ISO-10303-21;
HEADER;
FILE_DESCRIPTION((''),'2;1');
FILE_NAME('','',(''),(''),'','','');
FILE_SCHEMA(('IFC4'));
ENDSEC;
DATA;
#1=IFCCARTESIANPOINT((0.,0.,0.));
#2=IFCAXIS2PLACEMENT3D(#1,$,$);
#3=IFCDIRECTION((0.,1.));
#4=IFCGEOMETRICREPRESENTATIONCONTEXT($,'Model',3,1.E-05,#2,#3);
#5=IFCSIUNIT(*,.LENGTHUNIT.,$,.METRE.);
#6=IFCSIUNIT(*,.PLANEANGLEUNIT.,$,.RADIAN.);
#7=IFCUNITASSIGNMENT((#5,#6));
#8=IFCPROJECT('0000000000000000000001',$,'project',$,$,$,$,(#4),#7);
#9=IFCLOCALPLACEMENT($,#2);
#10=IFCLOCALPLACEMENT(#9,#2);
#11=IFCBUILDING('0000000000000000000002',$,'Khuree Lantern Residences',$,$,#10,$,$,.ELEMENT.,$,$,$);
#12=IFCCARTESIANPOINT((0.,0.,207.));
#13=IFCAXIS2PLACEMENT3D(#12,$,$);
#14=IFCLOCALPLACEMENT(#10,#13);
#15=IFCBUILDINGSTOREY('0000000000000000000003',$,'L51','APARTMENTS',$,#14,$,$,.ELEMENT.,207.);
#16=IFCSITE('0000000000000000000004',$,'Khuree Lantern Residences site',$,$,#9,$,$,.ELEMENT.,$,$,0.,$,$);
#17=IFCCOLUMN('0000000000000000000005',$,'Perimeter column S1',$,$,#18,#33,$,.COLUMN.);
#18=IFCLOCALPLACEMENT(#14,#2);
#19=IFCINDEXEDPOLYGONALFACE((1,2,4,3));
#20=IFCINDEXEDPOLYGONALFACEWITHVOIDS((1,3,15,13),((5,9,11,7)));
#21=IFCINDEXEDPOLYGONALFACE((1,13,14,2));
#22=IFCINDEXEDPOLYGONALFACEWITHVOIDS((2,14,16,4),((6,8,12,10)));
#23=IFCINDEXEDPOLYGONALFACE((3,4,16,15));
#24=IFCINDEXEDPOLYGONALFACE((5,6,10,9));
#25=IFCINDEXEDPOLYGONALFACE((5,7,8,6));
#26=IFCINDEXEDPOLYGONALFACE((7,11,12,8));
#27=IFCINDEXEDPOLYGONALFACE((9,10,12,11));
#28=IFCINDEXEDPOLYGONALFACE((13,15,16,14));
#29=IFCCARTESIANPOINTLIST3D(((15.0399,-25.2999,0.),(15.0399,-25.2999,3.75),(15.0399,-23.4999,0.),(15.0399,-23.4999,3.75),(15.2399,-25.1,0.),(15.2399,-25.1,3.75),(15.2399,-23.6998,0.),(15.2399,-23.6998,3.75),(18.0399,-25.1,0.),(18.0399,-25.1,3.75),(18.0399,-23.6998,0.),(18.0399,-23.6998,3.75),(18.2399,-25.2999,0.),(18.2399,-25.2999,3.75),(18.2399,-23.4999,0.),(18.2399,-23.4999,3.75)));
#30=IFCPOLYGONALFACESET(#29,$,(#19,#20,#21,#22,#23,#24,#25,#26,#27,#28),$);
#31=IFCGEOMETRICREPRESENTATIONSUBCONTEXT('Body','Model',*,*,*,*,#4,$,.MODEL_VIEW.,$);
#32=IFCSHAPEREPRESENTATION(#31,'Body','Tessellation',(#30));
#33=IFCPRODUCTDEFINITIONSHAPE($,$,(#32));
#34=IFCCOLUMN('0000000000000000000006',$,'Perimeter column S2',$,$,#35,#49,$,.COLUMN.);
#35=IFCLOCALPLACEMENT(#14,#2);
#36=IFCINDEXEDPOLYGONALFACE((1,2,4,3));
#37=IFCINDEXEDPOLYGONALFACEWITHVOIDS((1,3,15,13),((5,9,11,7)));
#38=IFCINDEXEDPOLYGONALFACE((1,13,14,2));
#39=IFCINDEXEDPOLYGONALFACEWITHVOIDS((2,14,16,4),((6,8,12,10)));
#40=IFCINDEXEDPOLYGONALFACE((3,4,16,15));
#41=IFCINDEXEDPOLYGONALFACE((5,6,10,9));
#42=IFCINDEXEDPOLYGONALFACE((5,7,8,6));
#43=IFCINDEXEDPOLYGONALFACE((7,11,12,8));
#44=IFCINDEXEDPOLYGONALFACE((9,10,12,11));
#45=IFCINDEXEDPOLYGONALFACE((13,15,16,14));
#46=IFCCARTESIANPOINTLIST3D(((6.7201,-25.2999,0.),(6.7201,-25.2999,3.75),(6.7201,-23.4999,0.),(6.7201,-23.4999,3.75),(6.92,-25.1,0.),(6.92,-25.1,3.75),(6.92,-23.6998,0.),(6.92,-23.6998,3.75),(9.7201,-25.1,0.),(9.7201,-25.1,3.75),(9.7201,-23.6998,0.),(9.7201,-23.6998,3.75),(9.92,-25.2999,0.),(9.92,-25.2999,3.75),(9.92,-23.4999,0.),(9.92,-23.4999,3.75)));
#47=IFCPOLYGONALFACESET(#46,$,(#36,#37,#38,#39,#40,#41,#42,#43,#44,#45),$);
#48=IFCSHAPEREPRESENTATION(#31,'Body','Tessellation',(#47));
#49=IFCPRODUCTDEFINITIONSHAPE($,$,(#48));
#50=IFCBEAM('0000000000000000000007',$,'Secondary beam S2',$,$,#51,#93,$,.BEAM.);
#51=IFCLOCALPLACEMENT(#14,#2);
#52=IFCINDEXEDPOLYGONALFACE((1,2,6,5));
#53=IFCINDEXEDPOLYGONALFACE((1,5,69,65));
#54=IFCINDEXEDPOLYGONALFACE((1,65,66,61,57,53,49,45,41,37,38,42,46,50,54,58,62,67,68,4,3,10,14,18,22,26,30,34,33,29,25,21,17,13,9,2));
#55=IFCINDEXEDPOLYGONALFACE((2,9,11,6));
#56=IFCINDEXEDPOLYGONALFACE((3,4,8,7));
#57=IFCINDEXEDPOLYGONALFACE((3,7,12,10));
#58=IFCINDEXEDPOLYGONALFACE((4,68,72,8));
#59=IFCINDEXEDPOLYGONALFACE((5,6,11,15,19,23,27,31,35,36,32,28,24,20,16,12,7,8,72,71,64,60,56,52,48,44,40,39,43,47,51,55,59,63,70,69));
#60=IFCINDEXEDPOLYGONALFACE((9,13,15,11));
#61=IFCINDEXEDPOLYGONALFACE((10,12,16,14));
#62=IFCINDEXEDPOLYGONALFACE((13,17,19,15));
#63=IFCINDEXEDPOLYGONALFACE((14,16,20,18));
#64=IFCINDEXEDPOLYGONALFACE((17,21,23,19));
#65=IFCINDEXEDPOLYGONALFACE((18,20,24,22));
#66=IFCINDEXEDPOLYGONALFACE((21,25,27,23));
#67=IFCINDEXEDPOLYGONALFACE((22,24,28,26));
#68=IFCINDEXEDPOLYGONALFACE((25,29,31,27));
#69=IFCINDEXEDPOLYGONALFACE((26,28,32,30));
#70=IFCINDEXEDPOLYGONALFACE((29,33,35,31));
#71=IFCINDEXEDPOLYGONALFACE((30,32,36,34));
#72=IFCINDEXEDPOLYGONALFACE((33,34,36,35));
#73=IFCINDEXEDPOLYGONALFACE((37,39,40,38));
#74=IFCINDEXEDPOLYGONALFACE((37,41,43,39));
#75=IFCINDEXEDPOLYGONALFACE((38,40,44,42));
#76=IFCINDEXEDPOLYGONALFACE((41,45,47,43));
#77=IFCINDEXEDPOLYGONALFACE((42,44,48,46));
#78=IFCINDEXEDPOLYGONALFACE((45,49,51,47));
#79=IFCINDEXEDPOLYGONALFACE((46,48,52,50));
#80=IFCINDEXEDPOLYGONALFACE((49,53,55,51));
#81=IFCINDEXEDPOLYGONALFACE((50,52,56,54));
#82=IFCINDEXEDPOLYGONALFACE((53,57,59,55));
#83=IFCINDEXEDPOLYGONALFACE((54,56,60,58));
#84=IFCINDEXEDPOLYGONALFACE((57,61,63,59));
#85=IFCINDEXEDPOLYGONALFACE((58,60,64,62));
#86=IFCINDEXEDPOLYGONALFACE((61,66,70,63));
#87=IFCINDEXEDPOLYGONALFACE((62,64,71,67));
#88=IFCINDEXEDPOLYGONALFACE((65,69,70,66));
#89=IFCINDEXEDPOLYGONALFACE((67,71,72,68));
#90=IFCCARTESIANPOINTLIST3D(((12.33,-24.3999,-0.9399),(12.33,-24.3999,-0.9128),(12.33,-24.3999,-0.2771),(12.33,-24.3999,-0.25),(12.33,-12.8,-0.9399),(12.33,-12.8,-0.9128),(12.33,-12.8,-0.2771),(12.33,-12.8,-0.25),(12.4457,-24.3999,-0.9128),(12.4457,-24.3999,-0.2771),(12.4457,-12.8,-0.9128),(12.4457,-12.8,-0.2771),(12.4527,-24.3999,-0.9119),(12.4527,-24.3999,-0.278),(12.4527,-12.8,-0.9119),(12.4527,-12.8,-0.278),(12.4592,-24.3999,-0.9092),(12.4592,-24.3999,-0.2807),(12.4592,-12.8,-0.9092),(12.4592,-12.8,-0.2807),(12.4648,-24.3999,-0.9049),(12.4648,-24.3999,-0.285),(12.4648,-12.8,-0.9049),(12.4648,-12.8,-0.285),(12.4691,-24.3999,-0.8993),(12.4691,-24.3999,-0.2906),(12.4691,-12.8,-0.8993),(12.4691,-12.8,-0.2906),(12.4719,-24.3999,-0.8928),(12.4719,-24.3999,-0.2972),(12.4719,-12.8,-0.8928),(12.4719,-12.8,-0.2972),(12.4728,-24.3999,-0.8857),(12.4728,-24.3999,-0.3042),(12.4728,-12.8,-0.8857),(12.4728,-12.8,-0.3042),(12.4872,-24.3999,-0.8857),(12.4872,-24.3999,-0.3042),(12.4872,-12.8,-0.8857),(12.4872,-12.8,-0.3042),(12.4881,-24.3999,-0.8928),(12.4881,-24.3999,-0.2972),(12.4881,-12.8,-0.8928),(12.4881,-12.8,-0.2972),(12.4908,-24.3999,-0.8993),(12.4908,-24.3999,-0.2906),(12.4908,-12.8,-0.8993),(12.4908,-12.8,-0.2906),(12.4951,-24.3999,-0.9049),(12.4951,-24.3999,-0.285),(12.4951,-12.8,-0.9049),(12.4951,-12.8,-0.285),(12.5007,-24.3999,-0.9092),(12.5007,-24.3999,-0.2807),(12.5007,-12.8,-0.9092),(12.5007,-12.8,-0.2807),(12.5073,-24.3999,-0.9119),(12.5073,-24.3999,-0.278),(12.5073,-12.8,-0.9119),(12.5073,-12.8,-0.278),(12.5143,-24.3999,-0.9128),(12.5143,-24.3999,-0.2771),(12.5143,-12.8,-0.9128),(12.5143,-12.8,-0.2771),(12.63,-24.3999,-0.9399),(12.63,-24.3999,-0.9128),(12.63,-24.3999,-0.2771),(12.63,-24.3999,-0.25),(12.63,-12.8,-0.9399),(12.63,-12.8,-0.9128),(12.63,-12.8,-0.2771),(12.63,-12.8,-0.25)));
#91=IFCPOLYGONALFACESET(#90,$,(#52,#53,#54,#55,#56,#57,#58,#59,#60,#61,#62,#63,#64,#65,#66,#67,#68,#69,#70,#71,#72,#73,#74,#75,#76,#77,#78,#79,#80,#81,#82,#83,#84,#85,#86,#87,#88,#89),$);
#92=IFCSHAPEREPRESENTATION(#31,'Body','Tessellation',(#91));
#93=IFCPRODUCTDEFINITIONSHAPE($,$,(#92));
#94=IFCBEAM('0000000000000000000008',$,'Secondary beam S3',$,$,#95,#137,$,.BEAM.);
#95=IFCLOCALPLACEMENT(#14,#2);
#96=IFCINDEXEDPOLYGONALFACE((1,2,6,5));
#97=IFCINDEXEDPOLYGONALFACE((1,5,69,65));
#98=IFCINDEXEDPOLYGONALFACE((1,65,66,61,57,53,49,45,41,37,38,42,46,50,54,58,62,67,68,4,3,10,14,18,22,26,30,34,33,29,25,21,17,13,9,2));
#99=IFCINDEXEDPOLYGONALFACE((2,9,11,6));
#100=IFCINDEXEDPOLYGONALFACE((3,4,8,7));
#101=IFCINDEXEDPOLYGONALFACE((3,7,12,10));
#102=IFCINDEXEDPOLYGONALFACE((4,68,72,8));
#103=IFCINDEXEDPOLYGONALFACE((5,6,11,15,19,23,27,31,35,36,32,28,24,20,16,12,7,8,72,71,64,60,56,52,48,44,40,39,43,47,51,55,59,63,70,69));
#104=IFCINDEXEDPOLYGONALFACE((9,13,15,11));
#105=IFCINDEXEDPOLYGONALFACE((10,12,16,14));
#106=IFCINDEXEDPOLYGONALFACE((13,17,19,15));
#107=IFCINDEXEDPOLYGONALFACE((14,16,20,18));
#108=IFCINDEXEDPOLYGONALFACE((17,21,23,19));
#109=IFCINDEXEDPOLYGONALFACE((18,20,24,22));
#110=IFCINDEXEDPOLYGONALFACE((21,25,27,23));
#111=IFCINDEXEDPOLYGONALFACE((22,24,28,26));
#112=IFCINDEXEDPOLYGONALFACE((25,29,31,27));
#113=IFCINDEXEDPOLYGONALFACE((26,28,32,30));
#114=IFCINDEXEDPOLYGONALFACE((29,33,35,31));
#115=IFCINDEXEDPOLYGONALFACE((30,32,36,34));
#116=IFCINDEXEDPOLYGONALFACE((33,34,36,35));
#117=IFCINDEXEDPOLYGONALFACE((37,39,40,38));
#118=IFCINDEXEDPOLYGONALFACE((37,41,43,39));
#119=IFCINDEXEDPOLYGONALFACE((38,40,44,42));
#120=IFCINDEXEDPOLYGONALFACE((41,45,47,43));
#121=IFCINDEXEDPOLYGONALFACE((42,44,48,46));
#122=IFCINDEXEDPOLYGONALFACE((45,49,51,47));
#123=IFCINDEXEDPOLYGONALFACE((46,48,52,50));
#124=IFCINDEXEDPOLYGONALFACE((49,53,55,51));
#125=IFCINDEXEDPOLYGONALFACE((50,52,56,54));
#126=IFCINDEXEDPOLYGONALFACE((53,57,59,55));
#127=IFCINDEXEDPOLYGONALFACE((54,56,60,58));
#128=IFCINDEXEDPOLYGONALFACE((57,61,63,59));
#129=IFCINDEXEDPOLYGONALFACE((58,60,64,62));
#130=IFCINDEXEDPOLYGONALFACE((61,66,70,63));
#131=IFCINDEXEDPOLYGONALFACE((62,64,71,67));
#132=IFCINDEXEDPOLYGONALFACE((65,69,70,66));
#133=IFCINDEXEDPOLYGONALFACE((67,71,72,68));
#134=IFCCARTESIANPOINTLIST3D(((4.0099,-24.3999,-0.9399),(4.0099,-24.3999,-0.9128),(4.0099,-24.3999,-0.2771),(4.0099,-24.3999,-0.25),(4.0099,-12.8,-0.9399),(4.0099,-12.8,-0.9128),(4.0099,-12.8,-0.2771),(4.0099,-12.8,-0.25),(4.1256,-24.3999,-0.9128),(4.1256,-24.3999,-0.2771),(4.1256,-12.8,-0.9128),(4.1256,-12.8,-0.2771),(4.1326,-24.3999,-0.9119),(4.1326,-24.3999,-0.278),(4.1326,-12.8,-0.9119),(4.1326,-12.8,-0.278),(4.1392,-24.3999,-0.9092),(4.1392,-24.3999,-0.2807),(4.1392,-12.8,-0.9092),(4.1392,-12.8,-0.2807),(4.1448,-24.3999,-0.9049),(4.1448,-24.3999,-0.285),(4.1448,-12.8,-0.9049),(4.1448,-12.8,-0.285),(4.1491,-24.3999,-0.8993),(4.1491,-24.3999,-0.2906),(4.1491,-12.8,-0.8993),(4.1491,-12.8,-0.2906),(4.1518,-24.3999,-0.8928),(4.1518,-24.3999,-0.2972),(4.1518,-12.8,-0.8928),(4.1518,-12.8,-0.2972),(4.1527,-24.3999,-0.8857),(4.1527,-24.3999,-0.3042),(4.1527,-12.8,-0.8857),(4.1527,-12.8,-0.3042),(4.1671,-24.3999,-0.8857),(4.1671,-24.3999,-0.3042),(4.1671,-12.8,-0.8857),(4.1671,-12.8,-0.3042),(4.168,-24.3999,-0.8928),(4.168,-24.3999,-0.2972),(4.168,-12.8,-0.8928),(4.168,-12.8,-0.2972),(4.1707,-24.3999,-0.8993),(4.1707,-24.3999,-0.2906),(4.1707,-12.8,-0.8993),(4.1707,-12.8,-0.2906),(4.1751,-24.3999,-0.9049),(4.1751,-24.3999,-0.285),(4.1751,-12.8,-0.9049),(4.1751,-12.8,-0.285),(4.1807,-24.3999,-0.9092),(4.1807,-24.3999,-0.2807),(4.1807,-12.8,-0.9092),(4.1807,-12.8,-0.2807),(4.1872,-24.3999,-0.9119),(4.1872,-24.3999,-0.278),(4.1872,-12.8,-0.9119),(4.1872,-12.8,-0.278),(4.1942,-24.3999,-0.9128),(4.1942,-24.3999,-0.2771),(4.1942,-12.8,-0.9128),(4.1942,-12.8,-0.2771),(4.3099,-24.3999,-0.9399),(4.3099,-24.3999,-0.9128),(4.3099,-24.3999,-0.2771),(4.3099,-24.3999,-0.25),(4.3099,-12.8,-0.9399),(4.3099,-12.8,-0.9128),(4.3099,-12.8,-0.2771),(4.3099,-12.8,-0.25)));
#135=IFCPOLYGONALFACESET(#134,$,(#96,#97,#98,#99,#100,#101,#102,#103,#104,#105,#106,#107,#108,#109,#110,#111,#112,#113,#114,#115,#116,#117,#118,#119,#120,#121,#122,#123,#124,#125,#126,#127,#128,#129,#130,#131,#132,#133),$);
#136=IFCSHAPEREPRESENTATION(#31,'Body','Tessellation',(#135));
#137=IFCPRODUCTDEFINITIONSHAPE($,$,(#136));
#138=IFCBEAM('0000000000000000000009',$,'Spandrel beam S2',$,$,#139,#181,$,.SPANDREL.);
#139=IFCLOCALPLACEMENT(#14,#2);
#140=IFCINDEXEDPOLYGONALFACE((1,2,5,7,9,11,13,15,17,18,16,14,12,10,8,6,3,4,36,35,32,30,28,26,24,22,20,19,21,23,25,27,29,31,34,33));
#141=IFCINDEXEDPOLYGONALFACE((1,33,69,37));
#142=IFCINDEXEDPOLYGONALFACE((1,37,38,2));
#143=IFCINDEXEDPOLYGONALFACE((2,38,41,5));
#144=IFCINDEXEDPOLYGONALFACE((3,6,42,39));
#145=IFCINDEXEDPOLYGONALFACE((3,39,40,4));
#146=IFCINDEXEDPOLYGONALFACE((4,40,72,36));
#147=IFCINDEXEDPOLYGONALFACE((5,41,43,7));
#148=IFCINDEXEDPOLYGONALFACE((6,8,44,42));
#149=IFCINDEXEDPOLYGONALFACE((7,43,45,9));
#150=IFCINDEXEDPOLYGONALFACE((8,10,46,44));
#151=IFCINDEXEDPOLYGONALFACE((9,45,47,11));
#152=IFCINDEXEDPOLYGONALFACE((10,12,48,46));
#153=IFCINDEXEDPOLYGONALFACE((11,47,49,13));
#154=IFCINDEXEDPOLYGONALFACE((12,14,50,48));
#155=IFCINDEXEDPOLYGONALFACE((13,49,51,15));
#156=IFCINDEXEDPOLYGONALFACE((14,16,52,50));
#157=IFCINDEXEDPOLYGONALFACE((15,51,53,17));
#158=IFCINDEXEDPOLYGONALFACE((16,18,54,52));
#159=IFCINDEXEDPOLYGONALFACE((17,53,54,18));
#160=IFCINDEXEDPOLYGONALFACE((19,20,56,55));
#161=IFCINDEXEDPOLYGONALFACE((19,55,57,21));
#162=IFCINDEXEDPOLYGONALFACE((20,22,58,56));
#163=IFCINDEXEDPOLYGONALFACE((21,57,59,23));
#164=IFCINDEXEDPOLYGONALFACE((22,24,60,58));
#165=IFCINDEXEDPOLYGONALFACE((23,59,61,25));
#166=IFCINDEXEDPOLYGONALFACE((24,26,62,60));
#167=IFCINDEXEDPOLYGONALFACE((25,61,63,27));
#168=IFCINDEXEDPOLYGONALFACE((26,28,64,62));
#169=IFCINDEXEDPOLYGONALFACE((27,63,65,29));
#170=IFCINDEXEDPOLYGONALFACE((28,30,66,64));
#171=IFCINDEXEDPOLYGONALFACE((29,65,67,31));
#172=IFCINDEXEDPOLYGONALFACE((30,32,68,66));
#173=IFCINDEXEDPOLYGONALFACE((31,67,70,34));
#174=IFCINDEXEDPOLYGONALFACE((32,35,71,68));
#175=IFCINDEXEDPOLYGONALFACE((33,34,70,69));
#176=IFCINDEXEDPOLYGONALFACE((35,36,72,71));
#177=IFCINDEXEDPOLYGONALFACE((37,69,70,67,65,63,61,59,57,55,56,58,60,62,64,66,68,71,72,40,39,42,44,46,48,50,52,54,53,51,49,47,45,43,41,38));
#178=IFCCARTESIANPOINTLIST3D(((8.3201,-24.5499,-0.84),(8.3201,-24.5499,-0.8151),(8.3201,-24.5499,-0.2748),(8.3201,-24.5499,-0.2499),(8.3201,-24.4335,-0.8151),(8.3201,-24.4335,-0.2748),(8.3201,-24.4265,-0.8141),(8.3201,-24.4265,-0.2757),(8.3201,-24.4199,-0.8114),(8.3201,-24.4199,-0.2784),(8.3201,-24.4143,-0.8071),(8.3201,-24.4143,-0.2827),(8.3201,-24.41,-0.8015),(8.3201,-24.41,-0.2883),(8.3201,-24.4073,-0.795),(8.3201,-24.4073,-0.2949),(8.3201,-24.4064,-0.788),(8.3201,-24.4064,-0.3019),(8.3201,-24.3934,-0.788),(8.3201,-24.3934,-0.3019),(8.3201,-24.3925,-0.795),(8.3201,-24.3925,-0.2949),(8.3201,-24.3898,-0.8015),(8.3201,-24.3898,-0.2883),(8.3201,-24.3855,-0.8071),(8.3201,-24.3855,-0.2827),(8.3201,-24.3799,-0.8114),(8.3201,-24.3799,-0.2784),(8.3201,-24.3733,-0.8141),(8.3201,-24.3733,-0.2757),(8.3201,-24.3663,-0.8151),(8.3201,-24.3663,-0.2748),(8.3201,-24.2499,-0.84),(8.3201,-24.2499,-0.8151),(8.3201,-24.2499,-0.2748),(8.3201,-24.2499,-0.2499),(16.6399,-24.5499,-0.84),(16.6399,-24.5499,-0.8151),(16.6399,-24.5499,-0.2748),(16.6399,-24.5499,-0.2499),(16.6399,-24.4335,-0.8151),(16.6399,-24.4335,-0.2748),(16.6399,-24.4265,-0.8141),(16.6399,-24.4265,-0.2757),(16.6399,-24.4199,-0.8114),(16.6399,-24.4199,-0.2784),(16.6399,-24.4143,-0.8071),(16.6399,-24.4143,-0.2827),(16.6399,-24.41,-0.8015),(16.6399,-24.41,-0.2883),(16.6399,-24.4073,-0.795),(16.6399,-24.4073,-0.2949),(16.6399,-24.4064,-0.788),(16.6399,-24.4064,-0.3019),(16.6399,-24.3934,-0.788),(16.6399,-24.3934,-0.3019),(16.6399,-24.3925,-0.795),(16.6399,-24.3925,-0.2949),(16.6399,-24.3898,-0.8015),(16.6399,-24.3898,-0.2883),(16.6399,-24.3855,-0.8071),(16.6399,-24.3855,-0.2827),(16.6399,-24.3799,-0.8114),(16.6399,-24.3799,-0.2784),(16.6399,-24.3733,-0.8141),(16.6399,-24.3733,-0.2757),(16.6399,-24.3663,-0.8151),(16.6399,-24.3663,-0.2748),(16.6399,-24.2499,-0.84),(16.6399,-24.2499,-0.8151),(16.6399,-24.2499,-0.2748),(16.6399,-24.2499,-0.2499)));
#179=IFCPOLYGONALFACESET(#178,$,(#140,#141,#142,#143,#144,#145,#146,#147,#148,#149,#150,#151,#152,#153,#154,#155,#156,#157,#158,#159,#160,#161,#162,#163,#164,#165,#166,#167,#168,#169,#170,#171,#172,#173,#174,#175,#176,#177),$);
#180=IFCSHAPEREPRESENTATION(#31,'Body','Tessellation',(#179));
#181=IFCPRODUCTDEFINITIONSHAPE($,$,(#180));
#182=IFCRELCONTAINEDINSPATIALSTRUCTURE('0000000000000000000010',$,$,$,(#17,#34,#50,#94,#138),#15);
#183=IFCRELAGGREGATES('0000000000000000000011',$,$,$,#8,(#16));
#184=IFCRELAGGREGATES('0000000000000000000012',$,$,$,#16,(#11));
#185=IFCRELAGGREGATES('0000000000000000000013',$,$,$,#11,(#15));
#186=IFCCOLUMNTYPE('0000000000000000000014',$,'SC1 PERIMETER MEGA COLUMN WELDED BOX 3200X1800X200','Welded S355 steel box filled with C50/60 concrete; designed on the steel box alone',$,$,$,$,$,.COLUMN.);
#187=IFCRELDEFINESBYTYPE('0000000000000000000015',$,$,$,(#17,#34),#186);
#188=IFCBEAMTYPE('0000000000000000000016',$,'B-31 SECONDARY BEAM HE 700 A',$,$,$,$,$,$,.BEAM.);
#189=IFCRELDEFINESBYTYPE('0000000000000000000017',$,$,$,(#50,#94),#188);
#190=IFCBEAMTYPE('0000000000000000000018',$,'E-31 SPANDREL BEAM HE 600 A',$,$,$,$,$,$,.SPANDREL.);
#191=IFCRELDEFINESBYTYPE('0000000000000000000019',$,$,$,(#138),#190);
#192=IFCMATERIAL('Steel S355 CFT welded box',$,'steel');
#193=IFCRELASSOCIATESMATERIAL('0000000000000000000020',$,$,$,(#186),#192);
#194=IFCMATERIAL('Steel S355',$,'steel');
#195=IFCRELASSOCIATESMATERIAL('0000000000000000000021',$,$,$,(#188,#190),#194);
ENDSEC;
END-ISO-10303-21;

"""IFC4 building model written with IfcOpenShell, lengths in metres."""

from ifc_helpers import new_model, si_unit, direction, frame, origin, origin_2d, place, context, subcontext, project, spatial, hollow_rectangle, i_section, extrude, material, material_profile, profile_set, type_object, element, save


model = new_model("IFC4")

# Units and contexts
model_context = context("Model", 3, precision=1e-05, world=origin(), true_north=direction((0.0, 1.0)))
body_context = subcontext(model_context, "Body", "Model", "MODEL_VIEW")
ifc_project = project(units=[si_unit("LENGTHUNIT", "METRE"), si_unit("PLANEANGLEUNIT", "RADIAN")], contexts=[model_context])

# Site, building, storey
site_placement = place(None, origin())
site = spatial("IfcSite", under=ifc_project, at=site_placement, Name="Khuree Lantern Residences site", CompositionType="ELEMENT", RefElevation=0.0)
building_placement = place(site_placement, origin())
building = spatial("IfcBuilding", under=site, at=building_placement, Name="Khuree Lantern Residences", CompositionType="ELEMENT")
storey_placement = place(building_placement, frame((0.0, 0.0, 207.0)))
storey = spatial("IfcBuildingStorey", under=building, at=storey_placement, Name="L51", Description="APARTMENTS", CompositionType="ELEMENT", Elevation=207.0)

# Columns
ifc_material_1 = material(Name="Steel S355 CFT welded box", Category="steel")
ifc_material_profile_1 = material_profile(ifc_material_1, hollow_rectangle(XDim=3.2, YDim=1.8, WallThickness=0.2, at=origin_2d()), Name="WELDED BOX 3200X1800X200")
ifc_profile_set_1 = profile_set([ifc_material_profile_1], Name="Steel S355 CFT welded box")
column_type = type_object("IfcColumnType", Name="SC1 PERIMETER MEGA COLUMN WELDED BOX 3200X1800X200", Description="Welded S355 steel box filled with C50/60 concrete; designed on the steel box alone", PredefinedType="COLUMN", material=ifc_profile_set_1)
for number, where, z_axis, x_axis, name in (
    (1, (16.6399, -24.3999, 0.0), (0.0, 0.0, 1.0), (1.0, 0.0, 0.0), "Perimeter column S1"),
    (2, (8.3201, -24.3999, 0.0), (0.0, 0.0, 1.0), (1.0, 0.0, 0.0), "Perimeter column S2"),
):
    element("IfcColumn", number, at=place(storey_placement, frame(where, z_axis=z_axis, x_axis=x_axis)), inside=storey, type_object=column_type, Name=name, PredefinedType="COLUMN", context=body_context, shape_type="SweptSolid", body=[
        extrude(hollow_rectangle(XDim=3.2, YDim=1.8, WallThickness=0.2, at=origin_2d()), origin(), (0.0, 0.0, 1.0), 3.75),
    ])

# Beams
ifc_material_2 = material(Name="Steel S355", Category="steel")
ifc_material_profile_2 = material_profile(ifc_material_2, i_section(OverallWidth=0.3, OverallDepth=0.6899, WebThickness=0.0144, FlangeThickness=0.0271, FilletRadius=0.0271, at=origin_2d()), Name="HE 700 A")
ifc_profile_set_2 = profile_set([ifc_material_profile_2], Name="Steel S355")
beam_type_1 = type_object("IfcBeamType", Name="B-31 SECONDARY BEAM HE 700 A", PredefinedType="BEAM", material=ifc_profile_set_2)
for number, where, z_axis, x_axis, name in (
    (3, (12.48, -24.3999, -0.595), (0.0, 1.0, 0.0), (-1.0, 0.0, 0.0), "Secondary beam S2"),
    (4, (4.1599, -24.3999, -0.595), (0.0, 1.0, 0.0), (-1.0, 0.0, 0.0), "Secondary beam S3"),
):
    element("IfcBeam", number, at=place(storey_placement, frame(where, z_axis=z_axis, x_axis=x_axis)), inside=storey, type_object=beam_type_1, Name=name, PredefinedType="BEAM", context=body_context, shape_type="SweptSolid", body=[
        extrude(i_section(OverallWidth=0.3, OverallDepth=0.6899, WebThickness=0.0144, FlangeThickness=0.0271, FilletRadius=0.0271, at=origin_2d()), origin(), (0.0, 0.0, 1.0), 11.5999),
    ])
ifc_material_profile_3 = material_profile(ifc_material_2, i_section(OverallWidth=0.3, OverallDepth=0.5901, WebThickness=0.0129, FlangeThickness=0.0249, FilletRadius=0.0271, at=origin_2d()), Name="HE 600 A")
ifc_profile_set_3 = profile_set([ifc_material_profile_3], Name="Steel S355")
beam_type_2 = type_object("IfcBeamType", Name="E-31 SPANDREL BEAM HE 600 A", PredefinedType="SPANDREL", material=ifc_profile_set_3)
beam_1_placement = place(storey_placement, frame((16.6399, -24.3999, -0.5449), z_axis=(-1.0, 0.0, 0.0), x_axis=(0.0, -1.0, 0.0)))
element("IfcBeam", 5, at=beam_1_placement, inside=storey, type_object=beam_type_2, Name="Spandrel beam S2", PredefinedType="SPANDREL", context=body_context, shape_type="SweptSolid", body=[
    extrude(i_section(OverallWidth=0.3, OverallDepth=0.5901, WebThickness=0.0129, FlangeThickness=0.0249, FilletRadius=0.0271, at=origin_2d()), origin(), (0.0, 0.0, 1.0), 8.3198),
])

save(model, "model.ifc")
